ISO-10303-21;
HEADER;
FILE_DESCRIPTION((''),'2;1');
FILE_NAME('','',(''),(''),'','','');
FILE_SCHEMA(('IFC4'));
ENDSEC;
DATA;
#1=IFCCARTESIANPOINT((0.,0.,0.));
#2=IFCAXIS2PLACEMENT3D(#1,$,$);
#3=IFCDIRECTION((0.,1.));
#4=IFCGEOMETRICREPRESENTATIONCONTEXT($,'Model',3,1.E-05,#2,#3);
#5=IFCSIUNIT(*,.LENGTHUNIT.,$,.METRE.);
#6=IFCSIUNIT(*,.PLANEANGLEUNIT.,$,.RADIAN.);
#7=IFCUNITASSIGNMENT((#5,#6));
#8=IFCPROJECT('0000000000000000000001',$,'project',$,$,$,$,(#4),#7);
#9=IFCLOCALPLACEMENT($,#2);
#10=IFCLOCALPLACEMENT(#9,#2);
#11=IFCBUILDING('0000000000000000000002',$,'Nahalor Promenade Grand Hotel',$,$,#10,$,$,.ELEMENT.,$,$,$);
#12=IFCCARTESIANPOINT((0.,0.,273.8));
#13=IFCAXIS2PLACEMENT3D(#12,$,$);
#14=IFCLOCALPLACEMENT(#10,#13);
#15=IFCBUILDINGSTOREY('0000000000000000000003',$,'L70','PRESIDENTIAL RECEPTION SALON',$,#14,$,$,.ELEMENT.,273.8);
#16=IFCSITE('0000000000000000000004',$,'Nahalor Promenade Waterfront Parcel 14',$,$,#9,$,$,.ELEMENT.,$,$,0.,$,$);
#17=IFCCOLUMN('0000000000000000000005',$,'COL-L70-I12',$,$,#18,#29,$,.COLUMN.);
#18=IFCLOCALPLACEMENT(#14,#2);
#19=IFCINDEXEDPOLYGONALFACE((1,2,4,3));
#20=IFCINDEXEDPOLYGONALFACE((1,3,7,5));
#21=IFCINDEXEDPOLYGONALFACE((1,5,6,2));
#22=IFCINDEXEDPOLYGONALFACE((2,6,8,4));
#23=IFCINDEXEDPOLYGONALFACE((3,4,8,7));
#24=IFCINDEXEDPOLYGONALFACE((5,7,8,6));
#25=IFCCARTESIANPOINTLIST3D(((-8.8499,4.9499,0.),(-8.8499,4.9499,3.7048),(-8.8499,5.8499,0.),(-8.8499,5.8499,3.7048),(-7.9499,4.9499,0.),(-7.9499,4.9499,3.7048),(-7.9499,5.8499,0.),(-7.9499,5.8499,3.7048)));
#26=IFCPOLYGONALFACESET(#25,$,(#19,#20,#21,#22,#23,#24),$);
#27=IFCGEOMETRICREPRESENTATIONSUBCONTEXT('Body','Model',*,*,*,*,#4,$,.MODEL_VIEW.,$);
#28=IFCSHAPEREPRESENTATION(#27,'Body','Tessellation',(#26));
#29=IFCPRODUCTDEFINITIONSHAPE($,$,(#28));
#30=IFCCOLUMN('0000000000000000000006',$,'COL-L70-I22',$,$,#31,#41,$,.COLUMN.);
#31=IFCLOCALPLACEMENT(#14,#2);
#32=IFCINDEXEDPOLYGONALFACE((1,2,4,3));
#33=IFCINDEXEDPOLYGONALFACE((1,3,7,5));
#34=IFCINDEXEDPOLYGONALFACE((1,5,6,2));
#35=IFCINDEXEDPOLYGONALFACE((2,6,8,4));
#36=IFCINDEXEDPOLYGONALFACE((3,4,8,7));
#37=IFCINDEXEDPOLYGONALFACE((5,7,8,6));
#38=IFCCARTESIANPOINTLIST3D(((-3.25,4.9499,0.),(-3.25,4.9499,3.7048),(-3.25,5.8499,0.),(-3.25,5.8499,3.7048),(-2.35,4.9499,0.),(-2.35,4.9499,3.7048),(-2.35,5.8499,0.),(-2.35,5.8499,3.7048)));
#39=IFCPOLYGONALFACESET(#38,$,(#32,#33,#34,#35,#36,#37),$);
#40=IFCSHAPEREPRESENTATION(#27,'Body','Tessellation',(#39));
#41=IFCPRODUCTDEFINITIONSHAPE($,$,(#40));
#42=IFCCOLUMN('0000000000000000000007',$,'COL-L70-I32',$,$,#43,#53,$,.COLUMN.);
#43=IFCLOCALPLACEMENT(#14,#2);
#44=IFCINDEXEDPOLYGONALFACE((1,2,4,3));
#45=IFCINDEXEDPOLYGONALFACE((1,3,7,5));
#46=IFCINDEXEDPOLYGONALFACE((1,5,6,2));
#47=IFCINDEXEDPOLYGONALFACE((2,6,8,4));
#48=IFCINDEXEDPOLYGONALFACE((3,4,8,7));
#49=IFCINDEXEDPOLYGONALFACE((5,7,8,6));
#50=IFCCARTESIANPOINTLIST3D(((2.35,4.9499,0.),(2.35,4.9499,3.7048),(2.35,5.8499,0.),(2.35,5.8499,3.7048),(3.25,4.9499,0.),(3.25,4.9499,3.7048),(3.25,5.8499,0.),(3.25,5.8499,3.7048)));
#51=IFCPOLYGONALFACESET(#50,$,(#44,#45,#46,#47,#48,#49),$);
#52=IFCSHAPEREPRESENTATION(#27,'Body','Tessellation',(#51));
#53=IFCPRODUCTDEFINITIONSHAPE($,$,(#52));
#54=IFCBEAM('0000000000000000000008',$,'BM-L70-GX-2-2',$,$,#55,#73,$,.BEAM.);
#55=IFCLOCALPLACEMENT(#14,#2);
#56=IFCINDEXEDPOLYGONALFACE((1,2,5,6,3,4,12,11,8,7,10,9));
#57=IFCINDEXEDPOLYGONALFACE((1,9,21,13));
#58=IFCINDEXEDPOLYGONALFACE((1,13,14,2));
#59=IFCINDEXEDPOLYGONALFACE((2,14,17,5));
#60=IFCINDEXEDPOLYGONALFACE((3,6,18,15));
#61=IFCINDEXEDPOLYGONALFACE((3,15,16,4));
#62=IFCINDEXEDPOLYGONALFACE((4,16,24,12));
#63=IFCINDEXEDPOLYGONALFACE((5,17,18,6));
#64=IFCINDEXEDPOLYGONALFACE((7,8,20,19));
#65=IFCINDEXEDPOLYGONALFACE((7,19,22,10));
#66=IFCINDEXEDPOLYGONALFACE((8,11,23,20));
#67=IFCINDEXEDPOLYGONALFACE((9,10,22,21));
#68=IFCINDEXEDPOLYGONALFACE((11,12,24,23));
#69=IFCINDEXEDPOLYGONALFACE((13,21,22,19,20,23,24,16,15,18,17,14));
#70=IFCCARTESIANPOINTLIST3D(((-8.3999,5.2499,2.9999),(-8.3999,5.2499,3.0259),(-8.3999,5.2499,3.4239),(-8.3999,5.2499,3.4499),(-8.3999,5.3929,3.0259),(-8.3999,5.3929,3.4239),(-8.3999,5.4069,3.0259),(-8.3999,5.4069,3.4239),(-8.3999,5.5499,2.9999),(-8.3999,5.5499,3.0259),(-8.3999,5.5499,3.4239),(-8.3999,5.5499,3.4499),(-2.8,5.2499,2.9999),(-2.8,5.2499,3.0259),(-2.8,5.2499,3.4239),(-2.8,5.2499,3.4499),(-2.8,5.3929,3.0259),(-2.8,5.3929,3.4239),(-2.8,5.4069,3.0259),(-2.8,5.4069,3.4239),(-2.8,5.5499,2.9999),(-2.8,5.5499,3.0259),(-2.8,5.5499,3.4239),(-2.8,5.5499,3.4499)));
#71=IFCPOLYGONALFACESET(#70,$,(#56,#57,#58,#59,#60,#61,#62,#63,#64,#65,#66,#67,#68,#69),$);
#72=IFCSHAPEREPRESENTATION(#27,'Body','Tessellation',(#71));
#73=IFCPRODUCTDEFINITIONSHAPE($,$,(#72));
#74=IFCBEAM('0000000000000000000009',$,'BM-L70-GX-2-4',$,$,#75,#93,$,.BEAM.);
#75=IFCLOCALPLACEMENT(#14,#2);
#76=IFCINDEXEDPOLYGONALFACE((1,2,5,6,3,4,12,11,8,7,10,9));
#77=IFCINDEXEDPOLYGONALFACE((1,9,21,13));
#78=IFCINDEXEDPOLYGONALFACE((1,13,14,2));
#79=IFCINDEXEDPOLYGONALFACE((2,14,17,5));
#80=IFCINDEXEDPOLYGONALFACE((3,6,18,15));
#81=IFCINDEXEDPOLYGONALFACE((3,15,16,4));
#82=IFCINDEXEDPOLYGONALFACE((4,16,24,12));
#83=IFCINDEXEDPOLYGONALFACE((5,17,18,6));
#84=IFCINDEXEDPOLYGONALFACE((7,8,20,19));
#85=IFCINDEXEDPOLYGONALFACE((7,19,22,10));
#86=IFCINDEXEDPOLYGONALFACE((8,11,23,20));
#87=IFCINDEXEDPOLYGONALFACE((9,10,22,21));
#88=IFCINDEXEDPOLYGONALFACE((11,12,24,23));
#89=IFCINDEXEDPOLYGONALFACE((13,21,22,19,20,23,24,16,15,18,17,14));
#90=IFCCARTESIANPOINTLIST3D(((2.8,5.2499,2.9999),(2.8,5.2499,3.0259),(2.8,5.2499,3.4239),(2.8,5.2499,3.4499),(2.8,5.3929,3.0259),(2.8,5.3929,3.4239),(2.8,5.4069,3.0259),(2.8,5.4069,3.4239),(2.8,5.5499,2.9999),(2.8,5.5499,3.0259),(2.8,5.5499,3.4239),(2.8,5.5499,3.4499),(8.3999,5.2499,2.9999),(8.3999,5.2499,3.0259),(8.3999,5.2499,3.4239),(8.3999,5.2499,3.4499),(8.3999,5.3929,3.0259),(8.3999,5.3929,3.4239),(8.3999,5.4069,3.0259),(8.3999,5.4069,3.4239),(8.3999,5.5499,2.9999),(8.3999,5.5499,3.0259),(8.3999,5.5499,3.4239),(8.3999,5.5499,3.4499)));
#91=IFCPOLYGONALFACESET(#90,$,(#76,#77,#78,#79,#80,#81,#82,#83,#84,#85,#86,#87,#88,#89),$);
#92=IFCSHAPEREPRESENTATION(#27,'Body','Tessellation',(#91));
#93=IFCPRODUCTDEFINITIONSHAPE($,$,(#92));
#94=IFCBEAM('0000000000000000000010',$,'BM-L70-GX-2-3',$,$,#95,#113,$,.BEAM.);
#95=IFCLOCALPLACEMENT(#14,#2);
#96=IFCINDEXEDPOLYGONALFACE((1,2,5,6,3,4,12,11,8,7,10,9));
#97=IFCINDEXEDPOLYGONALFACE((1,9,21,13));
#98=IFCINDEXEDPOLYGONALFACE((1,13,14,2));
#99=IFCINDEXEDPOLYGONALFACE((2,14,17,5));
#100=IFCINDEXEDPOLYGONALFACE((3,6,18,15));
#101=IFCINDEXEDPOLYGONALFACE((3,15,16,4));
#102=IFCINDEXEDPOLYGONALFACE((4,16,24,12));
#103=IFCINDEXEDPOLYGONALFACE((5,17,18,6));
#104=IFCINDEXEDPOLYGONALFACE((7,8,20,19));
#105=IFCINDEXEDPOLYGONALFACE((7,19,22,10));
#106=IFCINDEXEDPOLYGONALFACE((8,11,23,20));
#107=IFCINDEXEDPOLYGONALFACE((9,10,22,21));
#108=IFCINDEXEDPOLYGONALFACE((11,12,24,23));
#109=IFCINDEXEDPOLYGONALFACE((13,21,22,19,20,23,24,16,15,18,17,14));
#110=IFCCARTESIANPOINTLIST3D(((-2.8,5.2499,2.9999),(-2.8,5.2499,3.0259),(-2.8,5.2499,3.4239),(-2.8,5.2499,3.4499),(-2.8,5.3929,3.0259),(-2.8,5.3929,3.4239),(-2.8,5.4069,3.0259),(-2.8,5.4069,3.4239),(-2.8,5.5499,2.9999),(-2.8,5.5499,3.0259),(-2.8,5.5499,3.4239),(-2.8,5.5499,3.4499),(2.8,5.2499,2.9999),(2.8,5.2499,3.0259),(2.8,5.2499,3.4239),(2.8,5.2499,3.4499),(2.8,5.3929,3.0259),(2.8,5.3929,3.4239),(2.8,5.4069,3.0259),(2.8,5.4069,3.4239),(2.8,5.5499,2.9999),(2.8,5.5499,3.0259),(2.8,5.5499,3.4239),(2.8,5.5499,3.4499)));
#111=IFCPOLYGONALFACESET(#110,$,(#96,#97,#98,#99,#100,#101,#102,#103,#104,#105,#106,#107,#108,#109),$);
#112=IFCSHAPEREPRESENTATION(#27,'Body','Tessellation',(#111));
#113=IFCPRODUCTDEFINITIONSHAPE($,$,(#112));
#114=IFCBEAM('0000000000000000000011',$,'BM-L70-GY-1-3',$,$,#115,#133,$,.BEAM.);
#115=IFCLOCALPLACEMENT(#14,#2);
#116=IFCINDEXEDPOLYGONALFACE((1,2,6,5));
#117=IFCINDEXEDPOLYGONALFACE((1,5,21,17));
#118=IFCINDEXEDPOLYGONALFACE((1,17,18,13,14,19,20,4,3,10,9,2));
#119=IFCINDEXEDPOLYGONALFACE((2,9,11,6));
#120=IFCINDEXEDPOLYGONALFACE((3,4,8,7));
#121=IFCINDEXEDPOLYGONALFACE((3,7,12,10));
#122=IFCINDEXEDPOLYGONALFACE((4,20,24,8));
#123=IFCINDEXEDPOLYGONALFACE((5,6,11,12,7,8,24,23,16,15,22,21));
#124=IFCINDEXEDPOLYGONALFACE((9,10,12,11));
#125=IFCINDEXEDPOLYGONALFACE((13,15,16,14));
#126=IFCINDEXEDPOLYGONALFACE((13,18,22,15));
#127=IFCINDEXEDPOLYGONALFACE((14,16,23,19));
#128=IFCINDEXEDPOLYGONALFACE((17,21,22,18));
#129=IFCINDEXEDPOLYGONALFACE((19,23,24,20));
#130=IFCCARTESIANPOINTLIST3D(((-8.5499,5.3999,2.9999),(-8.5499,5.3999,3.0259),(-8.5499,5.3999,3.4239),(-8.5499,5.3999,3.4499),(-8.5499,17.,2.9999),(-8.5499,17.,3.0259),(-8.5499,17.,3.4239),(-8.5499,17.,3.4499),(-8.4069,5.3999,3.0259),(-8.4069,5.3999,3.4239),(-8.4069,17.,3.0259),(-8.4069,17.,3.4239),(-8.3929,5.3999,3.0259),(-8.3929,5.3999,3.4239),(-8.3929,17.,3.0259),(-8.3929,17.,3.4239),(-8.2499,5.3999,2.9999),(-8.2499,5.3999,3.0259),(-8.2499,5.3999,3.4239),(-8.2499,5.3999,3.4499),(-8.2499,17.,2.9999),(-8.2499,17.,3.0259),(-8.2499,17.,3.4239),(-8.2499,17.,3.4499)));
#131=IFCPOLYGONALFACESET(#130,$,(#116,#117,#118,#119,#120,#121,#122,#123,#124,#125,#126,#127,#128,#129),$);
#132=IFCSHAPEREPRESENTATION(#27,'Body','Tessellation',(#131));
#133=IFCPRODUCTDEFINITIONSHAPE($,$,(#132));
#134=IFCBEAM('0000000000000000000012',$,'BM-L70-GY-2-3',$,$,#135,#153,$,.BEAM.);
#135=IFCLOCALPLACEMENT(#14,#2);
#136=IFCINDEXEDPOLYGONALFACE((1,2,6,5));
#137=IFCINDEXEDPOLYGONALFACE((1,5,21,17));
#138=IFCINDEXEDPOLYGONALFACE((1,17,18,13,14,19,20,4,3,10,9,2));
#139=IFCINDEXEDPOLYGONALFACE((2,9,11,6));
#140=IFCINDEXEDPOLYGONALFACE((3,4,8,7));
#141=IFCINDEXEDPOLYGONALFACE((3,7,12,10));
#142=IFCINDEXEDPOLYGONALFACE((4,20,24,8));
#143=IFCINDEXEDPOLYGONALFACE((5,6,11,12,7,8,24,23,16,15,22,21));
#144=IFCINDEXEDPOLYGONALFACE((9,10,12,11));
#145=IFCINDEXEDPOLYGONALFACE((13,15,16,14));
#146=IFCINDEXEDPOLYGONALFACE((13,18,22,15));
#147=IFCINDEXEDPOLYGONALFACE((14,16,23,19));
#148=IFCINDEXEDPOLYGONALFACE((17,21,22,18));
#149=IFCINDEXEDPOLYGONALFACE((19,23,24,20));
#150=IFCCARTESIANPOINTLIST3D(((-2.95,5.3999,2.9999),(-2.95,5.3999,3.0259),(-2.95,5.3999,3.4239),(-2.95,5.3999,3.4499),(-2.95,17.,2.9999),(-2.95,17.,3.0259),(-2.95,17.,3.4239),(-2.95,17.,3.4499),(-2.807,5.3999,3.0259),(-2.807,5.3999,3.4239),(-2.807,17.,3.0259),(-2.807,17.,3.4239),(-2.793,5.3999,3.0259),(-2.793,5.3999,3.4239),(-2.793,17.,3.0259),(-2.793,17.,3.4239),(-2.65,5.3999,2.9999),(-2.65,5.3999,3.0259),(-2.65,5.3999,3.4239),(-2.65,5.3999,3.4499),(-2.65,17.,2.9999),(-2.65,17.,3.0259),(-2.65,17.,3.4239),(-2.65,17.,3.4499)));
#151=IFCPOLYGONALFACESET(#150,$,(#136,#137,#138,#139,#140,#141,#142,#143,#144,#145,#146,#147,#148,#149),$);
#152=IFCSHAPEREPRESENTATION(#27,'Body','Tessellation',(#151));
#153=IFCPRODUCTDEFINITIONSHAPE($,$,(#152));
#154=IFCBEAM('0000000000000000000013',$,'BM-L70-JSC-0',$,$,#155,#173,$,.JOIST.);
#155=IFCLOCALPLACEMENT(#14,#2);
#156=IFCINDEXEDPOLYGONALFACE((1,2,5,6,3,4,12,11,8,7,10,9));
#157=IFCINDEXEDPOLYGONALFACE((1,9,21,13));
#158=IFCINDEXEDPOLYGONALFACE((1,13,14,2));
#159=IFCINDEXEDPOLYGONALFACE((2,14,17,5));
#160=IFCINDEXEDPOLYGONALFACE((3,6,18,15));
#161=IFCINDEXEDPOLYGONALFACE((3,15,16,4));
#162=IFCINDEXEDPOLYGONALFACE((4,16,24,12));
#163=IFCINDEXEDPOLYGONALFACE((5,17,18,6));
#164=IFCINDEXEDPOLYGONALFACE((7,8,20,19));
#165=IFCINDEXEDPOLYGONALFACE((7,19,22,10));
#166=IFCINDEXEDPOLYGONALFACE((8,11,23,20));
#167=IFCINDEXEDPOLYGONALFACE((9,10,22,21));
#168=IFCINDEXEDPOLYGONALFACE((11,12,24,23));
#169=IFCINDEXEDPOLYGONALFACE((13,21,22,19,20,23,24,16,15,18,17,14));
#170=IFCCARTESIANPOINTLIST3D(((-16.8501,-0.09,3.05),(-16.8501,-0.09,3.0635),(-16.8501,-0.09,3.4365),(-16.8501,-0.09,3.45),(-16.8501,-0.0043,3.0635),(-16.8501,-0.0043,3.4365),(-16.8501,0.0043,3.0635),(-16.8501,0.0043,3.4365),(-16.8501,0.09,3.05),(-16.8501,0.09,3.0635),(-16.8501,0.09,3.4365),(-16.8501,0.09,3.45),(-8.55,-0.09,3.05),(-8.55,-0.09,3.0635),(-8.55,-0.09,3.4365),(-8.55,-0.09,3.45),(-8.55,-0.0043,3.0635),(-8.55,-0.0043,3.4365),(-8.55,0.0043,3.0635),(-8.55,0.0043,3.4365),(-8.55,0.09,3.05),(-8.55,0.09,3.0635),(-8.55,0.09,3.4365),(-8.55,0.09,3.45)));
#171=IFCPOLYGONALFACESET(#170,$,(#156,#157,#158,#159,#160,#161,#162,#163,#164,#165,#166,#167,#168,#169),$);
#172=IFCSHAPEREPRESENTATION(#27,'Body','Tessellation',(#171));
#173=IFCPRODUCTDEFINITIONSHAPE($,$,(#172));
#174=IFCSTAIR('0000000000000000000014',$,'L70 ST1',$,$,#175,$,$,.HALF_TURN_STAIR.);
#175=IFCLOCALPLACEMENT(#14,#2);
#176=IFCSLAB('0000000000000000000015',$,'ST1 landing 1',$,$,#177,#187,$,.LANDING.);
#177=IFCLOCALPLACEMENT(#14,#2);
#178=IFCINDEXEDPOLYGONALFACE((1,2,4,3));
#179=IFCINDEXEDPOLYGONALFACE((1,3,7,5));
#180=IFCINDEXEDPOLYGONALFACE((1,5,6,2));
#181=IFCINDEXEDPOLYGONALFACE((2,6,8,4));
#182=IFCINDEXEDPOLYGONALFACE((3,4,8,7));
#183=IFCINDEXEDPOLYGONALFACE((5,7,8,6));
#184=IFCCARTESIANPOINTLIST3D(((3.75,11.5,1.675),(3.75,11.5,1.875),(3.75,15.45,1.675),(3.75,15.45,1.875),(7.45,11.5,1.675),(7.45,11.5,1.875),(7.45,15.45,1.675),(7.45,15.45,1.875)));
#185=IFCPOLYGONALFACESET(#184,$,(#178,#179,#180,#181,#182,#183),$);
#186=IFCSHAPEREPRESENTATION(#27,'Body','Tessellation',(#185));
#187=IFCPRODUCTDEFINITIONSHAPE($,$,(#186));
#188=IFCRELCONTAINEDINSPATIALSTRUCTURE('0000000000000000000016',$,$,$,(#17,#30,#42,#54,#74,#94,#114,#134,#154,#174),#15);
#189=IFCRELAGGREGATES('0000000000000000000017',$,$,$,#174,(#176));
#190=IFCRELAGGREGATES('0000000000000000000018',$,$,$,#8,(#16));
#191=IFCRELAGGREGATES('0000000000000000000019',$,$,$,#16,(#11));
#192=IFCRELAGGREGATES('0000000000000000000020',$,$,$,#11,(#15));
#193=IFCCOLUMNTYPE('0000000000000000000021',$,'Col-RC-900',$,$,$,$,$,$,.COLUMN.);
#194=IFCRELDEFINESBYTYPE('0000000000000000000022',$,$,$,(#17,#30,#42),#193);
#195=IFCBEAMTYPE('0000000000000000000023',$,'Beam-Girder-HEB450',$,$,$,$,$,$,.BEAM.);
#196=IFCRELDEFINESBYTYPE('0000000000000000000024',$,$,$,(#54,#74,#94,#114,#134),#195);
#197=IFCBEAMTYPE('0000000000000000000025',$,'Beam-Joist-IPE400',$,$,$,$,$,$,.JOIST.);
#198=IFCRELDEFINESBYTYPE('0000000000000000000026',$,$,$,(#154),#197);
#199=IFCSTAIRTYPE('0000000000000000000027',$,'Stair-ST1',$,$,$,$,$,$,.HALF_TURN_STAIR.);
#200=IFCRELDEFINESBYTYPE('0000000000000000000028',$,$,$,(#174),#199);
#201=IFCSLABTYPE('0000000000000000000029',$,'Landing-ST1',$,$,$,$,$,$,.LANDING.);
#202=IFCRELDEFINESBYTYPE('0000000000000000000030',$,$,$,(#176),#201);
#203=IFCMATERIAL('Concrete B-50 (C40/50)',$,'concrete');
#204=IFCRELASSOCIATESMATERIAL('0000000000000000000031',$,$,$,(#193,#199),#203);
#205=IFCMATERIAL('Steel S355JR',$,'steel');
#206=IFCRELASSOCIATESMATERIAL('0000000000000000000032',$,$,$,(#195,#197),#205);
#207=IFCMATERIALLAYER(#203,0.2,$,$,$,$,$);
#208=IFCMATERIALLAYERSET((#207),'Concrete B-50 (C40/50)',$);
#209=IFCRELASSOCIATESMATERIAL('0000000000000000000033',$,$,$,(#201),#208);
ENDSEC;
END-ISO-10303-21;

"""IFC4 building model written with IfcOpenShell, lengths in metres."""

from ifc_helpers import new_model, si_unit, direction, frame, origin, origin_2d, place, context, subcontext, project, spatial, polyline, rectangle, i_section, outline, extrude, source, transform, mapped, material, layer, layer_set, material_profile, profile_set, type_object, element, aggregate, save


model = new_model("IFC4")

# Units and contexts
model_context = context("Model", 3, precision=1e-05, world=origin(), true_north=direction((0.0, 1.0)))
body_context = subcontext(model_context, "Body", "Model", "MODEL_VIEW")
ifc_project = project(units=[si_unit("LENGTHUNIT", "METRE"), si_unit("PLANEANGLEUNIT", "RADIAN")], contexts=[model_context])

# Site, building, storey
site_placement = place(None, origin())
site = spatial("IfcSite", under=ifc_project, at=site_placement, Name="Nahalor Promenade Waterfront Parcel 14", CompositionType="ELEMENT", RefElevation=0.0)
building_placement = place(site_placement, origin())
building = spatial("IfcBuilding", under=site, at=building_placement, Name="Nahalor Promenade Grand Hotel", CompositionType="ELEMENT")
storey_placement = place(building_placement, frame((0.0, 0.0, 273.8)))
storey = spatial("IfcBuildingStorey", under=building, at=storey_placement, Name="L70", Description="PRESIDENTIAL RECEPTION SALON", CompositionType="ELEMENT", Elevation=273.8)

# Columns
ifc_material_1 = material(Name="Concrete B-50 (C40/50)", Category="concrete")
ifc_material_profile_1 = material_profile(ifc_material_1, rectangle(XDim=0.9, YDim=0.9, at=origin_2d()), Name="RC 900x900")
ifc_profile_set_1 = profile_set([ifc_material_profile_1], Name="Concrete B-50 (C40/50)")
column_type = type_object("IfcColumnType", Name="Col-RC-900", PredefinedType="COLUMN", material=ifc_profile_set_1)
shared_shape_1 = source(origin(), body_context, "Body", "SweptSolid", [
    extrude(rectangle(XDim=0.9, YDim=0.9, at=origin_2d()), origin(), (0.0, 0.0, 1.0), 3.7048),
])
for number, where, z_axis, x_axis, name in (
    (1, (-8.3999, 5.3999, 0.0), (0.0, 0.0, 1.0), (1.0, 0.0, 0.0), "COL-L70-I12"),
    (2, (-2.8, 5.3999, 0.0), (0.0, 0.0, 1.0), (1.0, 0.0, 0.0), "COL-L70-I22"),
    (3, (2.8, 5.3999, 0.0), (0.0, 0.0, 1.0), (1.0, 0.0, 0.0), "COL-L70-I32"),
):
    element("IfcColumn", number, at=place(storey_placement, frame(where, z_axis=z_axis, x_axis=x_axis)), inside=storey, type_object=column_type, Name=name, PredefinedType="COLUMN", context=body_context, shape_type="MappedRepresentation", body=[
        mapped(shared_shape_1, transform((0.0, 0.0, 0.0), scale=1.0)),
    ])

# Beams
ifc_material_2 = material(Name="Steel S355JR", Category="steel")
ifc_material_profile_2 = material_profile(ifc_material_2, i_section(OverallWidth=0.3, OverallDepth=0.45, WebThickness=0.014, FlangeThickness=0.026, at=origin_2d()), Name="HEB 450")
ifc_profile_set_2 = profile_set([ifc_material_profile_2], Name="Steel S355JR")
beam_type_1 = type_object("IfcBeamType", Name="Beam-Girder-HEB450", PredefinedType="BEAM", material=ifc_profile_set_2)
shared_shape_2 = source(origin(), body_context, "Body", "SweptSolid", [
    extrude(i_section(OverallWidth=0.3, OverallDepth=0.45, WebThickness=0.014, FlangeThickness=0.026, at=origin_2d()), origin(), (0.0, 0.0, 1.0), 5.5999),
])
for number, where, z_axis, x_axis, name in (
    (4, (-8.3999, 5.3999, 3.2249), (1.0, 0.0, 0.0), (0.0, 1.0, 0.0), "BM-L70-GX-2-2"),
    (5, (2.8, 5.3999, 3.2249), (1.0, 0.0, 0.0), (0.0, 1.0, 0.0), "BM-L70-GX-2-4"),
):
    element("IfcBeam", number, at=place(storey_placement, frame(where, z_axis=z_axis, x_axis=x_axis)), inside=storey, type_object=beam_type_1, Name=name, PredefinedType="BEAM", context=body_context, shape_type="MappedRepresentation", body=[
        mapped(shared_shape_2, transform((0.0, 0.0, 0.0), scale=1.0)),
    ])
shared_shape_3 = source(origin(), body_context, "Body", "SweptSolid", [
    extrude(i_section(OverallWidth=0.3, OverallDepth=0.45, WebThickness=0.014, FlangeThickness=0.026, at=origin_2d()), origin(), (0.0, 0.0, 1.0), 5.6001),
])
beam_1_placement = place(storey_placement, frame((-2.8, 5.3999, 3.2249), z_axis=(1.0, 0.0, 0.0), x_axis=(0.0, 1.0, 0.0)))
element("IfcBeam", 6, at=beam_1_placement, inside=storey, type_object=beam_type_1, Name="BM-L70-GX-2-3", PredefinedType="BEAM", context=body_context, shape_type="MappedRepresentation", body=[
    mapped(shared_shape_3, transform((0.0, 0.0, 0.0), scale=1.0)),
])
shared_shape_4 = source(origin(), body_context, "Body", "SweptSolid", [
    extrude(i_section(OverallWidth=0.3, OverallDepth=0.45, WebThickness=0.014, FlangeThickness=0.026, at=origin_2d()), origin(), (0.0, 0.0, 1.0), 11.6001),
])
for number, where, z_axis, x_axis, name in (
    (7, (-8.3999, 5.3999, 3.2249), (0.0, 1.0, 0.0), (-1.0, 0.0, 0.0), "BM-L70-GY-1-3"),
    (8, (-2.8, 5.3999, 3.2249), (0.0, 1.0, 0.0), (-1.0, 0.0, 0.0), "BM-L70-GY-2-3"),
):
    element("IfcBeam", number, at=place(storey_placement, frame(where, z_axis=z_axis, x_axis=x_axis)), inside=storey, type_object=beam_type_1, Name=name, PredefinedType="BEAM", context=body_context, shape_type="MappedRepresentation", body=[
        mapped(shared_shape_4, transform((0.0, 0.0, 0.0), scale=1.0)),
    ])
ifc_material_profile_3 = material_profile(ifc_material_2, i_section(OverallWidth=0.18, OverallDepth=0.4, WebThickness=0.0086, FlangeThickness=0.0135, at=origin_2d()), Name="IPE 400")
ifc_profile_set_3 = profile_set([ifc_material_profile_3], Name="Steel S355JR")
beam_type_2 = type_object("IfcBeamType", Name="Beam-Joist-IPE400", PredefinedType="JOIST", material=ifc_profile_set_3)
shared_shape_5 = source(origin(), body_context, "Body", "SweptSolid", [
    extrude(i_section(OverallWidth=0.18, OverallDepth=0.4, WebThickness=0.0086, FlangeThickness=0.0135, at=origin_2d()), origin(), (0.0, 0.0, 1.0), 8.3),
])
beam_2_placement = place(storey_placement, frame((-16.8501, 0.0, 3.25), z_axis=(1.0, 0.0, 0.0), x_axis=(0.0, 1.0, 0.0)))
element("IfcBeam", 9, at=beam_2_placement, inside=storey, type_object=beam_type_2, Name="BM-L70-JSC-0", PredefinedType="JOIST", context=body_context, shape_type="MappedRepresentation", body=[
    mapped(shared_shape_5, transform((0.0, 0.0, 0.0), scale=1.0)),
])

# Stair, slab
stair_type_1 = type_object("IfcStairType", Name="Stair-ST1", PredefinedType="HALF_TURN_STAIR", material=ifc_material_1)
stair_1_placement = place(storey_placement, origin())
stair_1 = element("IfcStair", 10, at=stair_1_placement, inside=storey, type_object=stair_type_1, Name="L70 ST1", PredefinedType="HALF_TURN_STAIR")
ifc_layer_1 = layer(ifc_material_1, 0.2)
ifc_layer_set_1 = layer_set([ifc_layer_1], Name="Concrete B-50 (C40/50)")
slab_type_1 = type_object("IfcSlabType", Name="Landing-ST1", PredefinedType="LANDING", material=ifc_layer_set_1)
slab_1_placement = place(storey_placement, frame((0.0, 0.0, 1.675)))
slab_1 = element("IfcSlab", 11, at=slab_1_placement, type_object=slab_type_1, Name="ST1 landing 1", PredefinedType="LANDING", context=body_context, shape_type="SweptSolid", body=[
    extrude(outline(polyline([(7.45, 11.5), (7.45, 15.45), (3.75, 15.45), (3.75, 11.5), (7.45, 11.5)])), origin(), (0.0, 0.0, 1.0), 0.2),
])
aggregate(stair_1, [slab_1])

save(model, "model.ifc")
